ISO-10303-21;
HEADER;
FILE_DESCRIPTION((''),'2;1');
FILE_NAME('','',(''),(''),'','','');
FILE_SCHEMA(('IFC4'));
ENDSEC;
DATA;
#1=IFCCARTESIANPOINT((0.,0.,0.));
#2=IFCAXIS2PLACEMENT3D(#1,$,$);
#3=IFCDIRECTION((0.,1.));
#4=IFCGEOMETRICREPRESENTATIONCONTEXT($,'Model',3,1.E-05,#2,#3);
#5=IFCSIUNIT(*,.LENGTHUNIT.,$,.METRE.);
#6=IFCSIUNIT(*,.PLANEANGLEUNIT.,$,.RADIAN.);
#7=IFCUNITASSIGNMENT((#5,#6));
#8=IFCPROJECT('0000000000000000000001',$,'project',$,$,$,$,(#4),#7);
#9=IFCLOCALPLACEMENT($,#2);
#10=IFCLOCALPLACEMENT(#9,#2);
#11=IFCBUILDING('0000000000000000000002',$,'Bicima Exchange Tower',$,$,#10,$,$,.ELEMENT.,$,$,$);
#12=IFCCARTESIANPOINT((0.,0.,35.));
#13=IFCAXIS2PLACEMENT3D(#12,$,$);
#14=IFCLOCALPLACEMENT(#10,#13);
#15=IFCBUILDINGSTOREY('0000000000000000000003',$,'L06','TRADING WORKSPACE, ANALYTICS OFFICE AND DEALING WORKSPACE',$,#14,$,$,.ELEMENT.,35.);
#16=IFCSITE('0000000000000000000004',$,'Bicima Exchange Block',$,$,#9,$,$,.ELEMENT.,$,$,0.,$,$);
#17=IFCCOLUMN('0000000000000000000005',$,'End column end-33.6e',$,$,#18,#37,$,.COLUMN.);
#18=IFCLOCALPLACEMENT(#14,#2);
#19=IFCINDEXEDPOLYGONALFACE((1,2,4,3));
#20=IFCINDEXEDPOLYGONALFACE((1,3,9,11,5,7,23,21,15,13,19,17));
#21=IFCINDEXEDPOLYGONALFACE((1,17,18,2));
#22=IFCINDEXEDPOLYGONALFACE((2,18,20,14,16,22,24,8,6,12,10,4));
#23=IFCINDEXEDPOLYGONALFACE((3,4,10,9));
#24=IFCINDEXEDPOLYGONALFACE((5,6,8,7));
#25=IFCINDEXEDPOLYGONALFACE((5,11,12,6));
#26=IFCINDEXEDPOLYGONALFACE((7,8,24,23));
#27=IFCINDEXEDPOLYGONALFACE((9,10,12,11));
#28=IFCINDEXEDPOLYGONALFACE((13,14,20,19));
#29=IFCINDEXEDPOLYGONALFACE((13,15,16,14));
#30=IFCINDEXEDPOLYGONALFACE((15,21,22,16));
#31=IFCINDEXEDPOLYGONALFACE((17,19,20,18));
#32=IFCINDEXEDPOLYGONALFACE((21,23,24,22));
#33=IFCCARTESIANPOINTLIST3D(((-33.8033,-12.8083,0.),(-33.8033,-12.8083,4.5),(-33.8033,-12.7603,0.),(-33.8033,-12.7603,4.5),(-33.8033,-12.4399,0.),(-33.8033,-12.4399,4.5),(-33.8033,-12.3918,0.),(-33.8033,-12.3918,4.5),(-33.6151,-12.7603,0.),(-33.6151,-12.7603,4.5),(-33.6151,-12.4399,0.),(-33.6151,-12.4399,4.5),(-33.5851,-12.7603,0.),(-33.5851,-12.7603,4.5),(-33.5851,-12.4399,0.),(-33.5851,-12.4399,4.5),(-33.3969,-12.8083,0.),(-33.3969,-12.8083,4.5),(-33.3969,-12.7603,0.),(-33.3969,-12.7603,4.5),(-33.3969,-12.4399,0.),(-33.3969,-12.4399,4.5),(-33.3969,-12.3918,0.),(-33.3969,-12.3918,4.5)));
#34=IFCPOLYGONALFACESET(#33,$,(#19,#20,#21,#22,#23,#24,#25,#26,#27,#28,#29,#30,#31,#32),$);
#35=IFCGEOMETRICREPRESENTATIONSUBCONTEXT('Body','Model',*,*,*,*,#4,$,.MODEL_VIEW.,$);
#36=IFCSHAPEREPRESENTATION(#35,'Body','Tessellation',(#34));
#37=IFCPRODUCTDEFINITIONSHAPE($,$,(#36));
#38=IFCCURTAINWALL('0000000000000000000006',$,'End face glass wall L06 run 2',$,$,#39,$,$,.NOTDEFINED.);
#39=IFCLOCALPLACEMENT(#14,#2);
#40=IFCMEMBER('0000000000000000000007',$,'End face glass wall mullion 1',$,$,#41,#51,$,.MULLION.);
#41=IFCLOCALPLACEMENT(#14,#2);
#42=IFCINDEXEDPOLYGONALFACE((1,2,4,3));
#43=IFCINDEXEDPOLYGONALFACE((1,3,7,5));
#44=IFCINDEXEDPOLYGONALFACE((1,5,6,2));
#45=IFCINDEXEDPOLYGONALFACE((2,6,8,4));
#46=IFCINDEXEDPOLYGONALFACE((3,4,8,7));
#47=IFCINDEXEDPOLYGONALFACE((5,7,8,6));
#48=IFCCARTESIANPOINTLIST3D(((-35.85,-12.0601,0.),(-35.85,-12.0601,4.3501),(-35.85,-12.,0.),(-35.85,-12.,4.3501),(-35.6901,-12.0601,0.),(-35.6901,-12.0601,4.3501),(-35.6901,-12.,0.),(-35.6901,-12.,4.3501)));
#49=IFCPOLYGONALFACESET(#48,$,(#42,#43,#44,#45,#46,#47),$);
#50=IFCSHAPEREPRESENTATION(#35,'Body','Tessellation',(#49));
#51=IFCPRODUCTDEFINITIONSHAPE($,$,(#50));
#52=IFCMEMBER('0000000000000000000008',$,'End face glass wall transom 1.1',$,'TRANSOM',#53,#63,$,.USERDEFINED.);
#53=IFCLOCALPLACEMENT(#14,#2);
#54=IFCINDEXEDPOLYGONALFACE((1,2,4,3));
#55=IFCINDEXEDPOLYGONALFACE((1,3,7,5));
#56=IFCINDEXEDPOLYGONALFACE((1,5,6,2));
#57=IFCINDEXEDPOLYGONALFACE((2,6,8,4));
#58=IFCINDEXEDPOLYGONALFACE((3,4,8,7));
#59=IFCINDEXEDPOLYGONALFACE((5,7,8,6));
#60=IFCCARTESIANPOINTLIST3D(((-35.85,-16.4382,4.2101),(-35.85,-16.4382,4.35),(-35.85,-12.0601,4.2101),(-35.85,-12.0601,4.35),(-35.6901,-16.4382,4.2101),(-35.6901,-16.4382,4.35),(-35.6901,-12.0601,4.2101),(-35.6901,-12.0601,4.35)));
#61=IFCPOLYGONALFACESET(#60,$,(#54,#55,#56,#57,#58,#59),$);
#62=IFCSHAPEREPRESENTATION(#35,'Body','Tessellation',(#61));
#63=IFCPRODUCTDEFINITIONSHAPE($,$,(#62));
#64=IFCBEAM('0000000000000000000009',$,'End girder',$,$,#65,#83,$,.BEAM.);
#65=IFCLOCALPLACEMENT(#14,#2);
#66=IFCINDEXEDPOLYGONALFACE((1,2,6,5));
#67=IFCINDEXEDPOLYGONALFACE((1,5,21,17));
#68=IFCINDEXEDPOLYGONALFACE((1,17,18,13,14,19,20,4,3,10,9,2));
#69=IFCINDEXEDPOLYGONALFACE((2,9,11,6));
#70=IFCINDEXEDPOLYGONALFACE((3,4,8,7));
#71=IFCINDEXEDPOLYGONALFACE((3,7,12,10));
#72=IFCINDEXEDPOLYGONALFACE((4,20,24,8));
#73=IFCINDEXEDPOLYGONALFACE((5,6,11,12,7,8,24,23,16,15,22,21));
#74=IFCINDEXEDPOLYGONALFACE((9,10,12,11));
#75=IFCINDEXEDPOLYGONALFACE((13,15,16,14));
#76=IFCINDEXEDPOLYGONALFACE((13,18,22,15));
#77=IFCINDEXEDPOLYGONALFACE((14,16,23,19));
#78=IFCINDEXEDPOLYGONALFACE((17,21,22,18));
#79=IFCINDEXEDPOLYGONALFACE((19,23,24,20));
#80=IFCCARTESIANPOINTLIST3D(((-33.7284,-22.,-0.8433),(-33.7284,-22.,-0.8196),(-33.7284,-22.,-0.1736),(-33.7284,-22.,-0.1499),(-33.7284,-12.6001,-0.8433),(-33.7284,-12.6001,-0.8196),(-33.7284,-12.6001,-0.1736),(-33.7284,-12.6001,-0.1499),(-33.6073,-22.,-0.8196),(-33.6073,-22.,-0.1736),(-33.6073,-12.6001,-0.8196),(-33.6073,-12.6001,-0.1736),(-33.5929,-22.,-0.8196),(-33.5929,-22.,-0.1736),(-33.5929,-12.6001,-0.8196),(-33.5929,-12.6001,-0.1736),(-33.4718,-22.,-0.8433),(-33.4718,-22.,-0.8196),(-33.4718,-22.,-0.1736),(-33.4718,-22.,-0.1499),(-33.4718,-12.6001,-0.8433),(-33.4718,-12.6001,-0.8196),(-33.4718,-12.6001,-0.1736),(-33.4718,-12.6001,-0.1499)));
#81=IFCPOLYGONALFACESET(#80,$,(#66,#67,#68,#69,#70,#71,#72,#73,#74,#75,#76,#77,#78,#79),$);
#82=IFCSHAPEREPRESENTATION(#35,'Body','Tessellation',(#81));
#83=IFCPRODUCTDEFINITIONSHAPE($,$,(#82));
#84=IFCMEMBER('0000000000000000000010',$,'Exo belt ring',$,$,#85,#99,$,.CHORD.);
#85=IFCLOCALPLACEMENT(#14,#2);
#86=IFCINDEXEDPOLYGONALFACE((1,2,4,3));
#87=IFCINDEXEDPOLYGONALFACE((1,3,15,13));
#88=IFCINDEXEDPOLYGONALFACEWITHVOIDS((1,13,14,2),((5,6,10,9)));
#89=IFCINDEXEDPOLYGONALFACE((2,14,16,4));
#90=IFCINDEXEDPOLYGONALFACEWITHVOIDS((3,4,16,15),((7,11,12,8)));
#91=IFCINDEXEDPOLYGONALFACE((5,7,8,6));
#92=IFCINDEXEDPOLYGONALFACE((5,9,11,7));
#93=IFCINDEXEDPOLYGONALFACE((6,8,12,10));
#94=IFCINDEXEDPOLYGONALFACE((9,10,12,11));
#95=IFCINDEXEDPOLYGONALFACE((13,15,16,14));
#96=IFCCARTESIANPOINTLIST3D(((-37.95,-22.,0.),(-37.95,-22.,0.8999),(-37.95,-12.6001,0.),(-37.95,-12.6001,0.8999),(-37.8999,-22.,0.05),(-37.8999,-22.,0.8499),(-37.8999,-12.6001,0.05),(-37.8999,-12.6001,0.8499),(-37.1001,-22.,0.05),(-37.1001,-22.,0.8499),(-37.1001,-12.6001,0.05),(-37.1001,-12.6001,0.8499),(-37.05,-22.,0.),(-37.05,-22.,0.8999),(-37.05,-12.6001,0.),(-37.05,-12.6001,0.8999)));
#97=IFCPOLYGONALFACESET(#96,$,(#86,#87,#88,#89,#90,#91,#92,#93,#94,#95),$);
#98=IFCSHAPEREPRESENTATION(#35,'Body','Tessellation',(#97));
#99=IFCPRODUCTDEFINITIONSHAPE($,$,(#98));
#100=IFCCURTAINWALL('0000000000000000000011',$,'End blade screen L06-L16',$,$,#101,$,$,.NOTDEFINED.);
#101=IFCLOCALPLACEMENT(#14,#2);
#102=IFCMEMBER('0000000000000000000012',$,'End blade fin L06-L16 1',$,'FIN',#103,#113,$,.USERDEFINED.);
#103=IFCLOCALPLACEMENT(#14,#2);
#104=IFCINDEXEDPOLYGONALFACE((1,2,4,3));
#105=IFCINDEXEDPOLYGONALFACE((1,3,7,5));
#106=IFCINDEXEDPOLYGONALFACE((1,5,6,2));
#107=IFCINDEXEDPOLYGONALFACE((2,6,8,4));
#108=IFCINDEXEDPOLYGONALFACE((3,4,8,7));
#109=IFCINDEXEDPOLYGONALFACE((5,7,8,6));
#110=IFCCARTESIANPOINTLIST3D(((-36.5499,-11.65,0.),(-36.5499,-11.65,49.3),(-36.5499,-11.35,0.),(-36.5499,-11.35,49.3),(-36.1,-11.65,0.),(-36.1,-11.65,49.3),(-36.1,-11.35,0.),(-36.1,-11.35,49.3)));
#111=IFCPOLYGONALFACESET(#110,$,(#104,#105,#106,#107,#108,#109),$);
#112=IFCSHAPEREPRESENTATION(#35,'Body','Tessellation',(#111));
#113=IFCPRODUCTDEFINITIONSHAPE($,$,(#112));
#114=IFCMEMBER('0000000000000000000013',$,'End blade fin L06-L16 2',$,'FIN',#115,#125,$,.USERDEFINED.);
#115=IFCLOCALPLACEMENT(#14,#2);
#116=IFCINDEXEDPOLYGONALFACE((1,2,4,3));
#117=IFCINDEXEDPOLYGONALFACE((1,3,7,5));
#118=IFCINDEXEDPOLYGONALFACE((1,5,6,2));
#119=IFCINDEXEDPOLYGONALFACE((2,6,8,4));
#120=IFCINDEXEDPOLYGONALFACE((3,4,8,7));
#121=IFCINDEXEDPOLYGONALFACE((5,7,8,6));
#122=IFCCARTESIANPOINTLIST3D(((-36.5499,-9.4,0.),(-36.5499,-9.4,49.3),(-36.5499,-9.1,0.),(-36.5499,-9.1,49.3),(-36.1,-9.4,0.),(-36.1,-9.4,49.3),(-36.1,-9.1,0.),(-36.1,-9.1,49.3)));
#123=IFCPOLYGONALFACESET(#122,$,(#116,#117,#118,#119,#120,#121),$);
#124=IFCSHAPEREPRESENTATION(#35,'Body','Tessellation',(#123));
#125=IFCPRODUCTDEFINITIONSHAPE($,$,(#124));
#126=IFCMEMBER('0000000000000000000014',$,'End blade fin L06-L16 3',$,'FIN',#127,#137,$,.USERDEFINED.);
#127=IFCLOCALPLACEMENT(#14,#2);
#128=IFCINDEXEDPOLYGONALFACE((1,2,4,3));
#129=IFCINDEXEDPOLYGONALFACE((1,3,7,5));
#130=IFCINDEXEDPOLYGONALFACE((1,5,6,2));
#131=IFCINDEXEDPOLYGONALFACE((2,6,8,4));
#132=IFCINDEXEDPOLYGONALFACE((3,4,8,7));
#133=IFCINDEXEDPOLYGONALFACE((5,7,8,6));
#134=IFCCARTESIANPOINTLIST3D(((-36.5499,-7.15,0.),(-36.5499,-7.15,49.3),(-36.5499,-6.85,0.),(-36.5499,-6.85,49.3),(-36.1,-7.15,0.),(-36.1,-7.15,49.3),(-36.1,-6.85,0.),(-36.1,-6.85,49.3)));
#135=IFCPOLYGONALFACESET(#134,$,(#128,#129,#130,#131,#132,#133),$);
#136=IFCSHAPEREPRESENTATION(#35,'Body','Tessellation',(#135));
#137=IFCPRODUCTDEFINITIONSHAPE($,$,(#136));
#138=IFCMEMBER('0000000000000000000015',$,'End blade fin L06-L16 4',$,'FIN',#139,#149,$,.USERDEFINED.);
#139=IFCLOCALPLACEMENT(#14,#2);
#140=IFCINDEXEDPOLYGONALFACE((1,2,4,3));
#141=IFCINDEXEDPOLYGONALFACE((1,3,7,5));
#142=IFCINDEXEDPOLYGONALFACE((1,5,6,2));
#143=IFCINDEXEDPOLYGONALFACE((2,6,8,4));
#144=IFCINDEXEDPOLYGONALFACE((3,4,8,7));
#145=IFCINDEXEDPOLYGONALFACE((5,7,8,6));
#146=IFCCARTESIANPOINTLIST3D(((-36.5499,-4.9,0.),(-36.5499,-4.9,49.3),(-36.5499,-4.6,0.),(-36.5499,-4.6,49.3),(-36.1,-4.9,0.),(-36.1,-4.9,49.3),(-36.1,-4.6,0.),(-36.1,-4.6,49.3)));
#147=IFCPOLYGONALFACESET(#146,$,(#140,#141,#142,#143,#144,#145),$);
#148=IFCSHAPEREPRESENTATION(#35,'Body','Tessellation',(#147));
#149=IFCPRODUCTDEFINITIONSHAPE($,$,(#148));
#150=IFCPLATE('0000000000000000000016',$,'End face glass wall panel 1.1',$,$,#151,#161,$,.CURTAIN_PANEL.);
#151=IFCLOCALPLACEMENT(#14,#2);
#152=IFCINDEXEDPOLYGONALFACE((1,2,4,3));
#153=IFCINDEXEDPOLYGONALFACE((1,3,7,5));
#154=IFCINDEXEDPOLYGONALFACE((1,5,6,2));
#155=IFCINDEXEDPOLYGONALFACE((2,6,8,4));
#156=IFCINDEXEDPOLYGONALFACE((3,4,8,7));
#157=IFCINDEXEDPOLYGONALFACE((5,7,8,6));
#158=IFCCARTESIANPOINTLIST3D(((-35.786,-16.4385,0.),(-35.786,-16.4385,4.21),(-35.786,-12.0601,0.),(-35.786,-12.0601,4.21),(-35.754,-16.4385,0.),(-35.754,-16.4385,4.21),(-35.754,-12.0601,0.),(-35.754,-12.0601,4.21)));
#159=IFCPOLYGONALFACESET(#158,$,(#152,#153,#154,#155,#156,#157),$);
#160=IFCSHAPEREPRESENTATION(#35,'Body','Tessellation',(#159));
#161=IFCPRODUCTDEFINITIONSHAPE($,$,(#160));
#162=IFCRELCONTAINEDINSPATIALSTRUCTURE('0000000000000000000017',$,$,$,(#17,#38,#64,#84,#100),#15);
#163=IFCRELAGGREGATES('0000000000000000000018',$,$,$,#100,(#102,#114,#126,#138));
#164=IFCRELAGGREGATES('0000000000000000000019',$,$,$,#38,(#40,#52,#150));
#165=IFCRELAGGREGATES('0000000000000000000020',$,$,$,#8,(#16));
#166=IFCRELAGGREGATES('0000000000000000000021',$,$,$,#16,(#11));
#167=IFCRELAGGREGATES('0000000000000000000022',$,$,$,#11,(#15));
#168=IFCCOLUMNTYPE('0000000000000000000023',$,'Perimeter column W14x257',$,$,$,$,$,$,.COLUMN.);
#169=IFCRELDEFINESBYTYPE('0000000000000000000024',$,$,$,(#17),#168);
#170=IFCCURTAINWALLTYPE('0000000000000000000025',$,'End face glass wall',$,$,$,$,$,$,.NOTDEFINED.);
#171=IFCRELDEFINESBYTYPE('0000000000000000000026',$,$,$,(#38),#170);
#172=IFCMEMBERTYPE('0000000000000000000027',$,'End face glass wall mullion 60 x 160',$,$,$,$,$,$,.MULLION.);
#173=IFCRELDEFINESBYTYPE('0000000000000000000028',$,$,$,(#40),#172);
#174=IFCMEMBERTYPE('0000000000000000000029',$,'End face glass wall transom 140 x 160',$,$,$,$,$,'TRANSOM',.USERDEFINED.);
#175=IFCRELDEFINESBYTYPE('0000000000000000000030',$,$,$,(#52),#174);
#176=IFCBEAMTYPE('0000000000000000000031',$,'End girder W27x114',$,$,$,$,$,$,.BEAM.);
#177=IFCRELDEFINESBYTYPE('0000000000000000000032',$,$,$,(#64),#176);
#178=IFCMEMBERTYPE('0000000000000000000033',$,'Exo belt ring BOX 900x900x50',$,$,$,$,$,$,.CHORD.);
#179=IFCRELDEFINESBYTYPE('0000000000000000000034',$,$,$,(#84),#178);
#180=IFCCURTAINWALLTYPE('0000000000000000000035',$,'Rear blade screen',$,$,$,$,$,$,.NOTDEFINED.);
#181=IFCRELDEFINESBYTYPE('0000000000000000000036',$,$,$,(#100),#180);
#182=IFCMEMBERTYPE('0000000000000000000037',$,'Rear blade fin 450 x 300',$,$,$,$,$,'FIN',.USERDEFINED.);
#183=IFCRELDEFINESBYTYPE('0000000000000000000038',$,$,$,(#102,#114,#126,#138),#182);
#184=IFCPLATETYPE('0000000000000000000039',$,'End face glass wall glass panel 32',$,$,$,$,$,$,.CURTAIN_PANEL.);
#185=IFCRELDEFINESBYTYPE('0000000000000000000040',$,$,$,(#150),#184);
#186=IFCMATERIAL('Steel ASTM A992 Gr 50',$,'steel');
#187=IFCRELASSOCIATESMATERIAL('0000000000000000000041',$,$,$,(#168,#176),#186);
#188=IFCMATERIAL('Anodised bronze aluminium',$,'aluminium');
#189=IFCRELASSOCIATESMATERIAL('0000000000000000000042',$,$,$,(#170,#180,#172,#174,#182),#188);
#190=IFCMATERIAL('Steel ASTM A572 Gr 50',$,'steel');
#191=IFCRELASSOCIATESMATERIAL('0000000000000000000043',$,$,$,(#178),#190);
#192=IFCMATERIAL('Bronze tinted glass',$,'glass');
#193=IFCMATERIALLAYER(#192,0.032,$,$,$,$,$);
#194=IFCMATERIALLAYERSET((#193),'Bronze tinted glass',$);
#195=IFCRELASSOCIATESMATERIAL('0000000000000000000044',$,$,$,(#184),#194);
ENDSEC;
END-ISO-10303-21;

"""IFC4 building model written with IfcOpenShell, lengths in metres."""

from ifc_helpers import new_model, si_unit, direction, frame, origin, origin_2d, place, context, subcontext, project, spatial, rectangle, hollow_rectangle, i_section, extrude, material, layer, layer_set, material_profile, profile_set, type_object, element, aggregate, save


model = new_model("IFC4")

# Units and contexts
model_context = context("Model", 3, precision=1e-05, world=origin(), true_north=direction((0.0, 1.0)))
body_context = subcontext(model_context, "Body", "Model", "MODEL_VIEW")
ifc_project = project(units=[si_unit("LENGTHUNIT", "METRE"), si_unit("PLANEANGLEUNIT", "RADIAN")], contexts=[model_context])

# Site, building, storey
site_placement = place(None, origin())
site = spatial("IfcSite", under=ifc_project, at=site_placement, Name="Bicima Exchange Block", CompositionType="ELEMENT", RefElevation=0.0)
building_placement = place(site_placement, origin())
building = spatial("IfcBuilding", under=site, at=building_placement, Name="Bicima Exchange Tower", CompositionType="ELEMENT")
storey_placement = place(building_placement, frame((0.0, 0.0, 35.0)))
storey = spatial("IfcBuildingStorey", under=building, at=storey_placement, Name="L06", Description="TRADING WORKSPACE, ANALYTICS OFFICE AND DEALING WORKSPACE", CompositionType="ELEMENT", Elevation=35.0)

# Column
ifc_material_1 = material(Name="Steel ASTM A992 Gr 50", Category="steel")
ifc_material_profile_1 = material_profile(ifc_material_1, i_section(OverallWidth=0.4065, OverallDepth=0.4165, WebThickness=0.03, FlangeThickness=0.0481, at=origin_2d()))
ifc_profile_set_1 = profile_set([ifc_material_profile_1], Name="Steel ASTM A992 Gr 50")
column_type = type_object("IfcColumnType", Name="Perimeter column W14x257", PredefinedType="COLUMN", material=ifc_profile_set_1)
column_placement = place(storey_placement, frame((-33.6001, -12.6001, 0.0), z_axis=(0.0, 0.0, 1.0), x_axis=(1.0, 0.0, 0.0)))
element("IfcColumn", 1, at=column_placement, inside=storey, type_object=column_type, Name="End column end-33.6e", PredefinedType="COLUMN", context=body_context, shape_type="SweptSolid", body=[
    extrude(i_section(OverallWidth=0.4065, OverallDepth=0.4165, WebThickness=0.03, FlangeThickness=0.0481, at=origin_2d()), origin(), (0.0, 0.0, 1.0), 4.5),
])

# Curtain wall, members
ifc_material_2 = material(Name="Anodised bronze aluminium", Category="aluminium")
curtain_wall_type_1 = type_object("IfcCurtainWallType", Name="End face glass wall", PredefinedType="NOTDEFINED", material=ifc_material_2)
curtain_wall_1_placement = place(storey_placement, origin())
curtain_wall_1 = element("IfcCurtainWall", 2, at=curtain_wall_1_placement, inside=storey, type_object=curtain_wall_type_1, Name="End face glass wall L06 run 2", PredefinedType="NOTDEFINED")
ifc_material_profile_2 = material_profile(ifc_material_2, rectangle(XDim=0.1599, YDim=0.0601, at=origin_2d()))
ifc_profile_set_2 = profile_set([ifc_material_profile_2], Name="Anodised bronze aluminium")
member_type_1 = type_object("IfcMemberType", Name="End face glass wall mullion 60 x 160", PredefinedType="MULLION", material=ifc_profile_set_2)
member_1_placement = place(storey_placement, frame((-35.77, -12.03, 0.0), z_axis=(0.0, 0.0, 1.0), x_axis=(1.0, 0.0, 0.0)))
member_1 = element("IfcMember", 3, at=member_1_placement, type_object=member_type_1, Name="End face glass wall mullion 1", PredefinedType="MULLION", context=body_context, shape_type="SweptSolid", body=[
    extrude(rectangle(XDim=0.1599, YDim=0.0601, at=origin_2d()), origin(), (0.0, 0.0, 1.0), 4.3501),
])
ifc_material_profile_3 = material_profile(ifc_material_2, rectangle(XDim=0.1599, YDim=0.1399, at=origin_2d()))
ifc_profile_set_3 = profile_set([ifc_material_profile_3], Name="Anodised bronze aluminium")
member_type_2 = type_object("IfcMemberType", Name="End face glass wall transom 140 x 160", ElementType="TRANSOM", PredefinedType="USERDEFINED", material=ifc_profile_set_3)
member_2_placement = place(storey_placement, frame((-35.77, -12.0601, 4.28), z_axis=(0.0, -1.0, 0.0), x_axis=(1.0, 0.0, 0.0)))
member_2 = element("IfcMember", 4, at=member_2_placement, type_object=member_type_2, Name="End face glass wall transom 1.1", ObjectType="TRANSOM", PredefinedType="USERDEFINED", context=body_context, shape_type="SweptSolid", body=[
    extrude(rectangle(XDim=0.1599, YDim=0.1399, at=origin_2d()), origin(), (0.0, 0.0, 1.0), 4.3782),
])

# Beam
ifc_material_profile_4 = material_profile(ifc_material_1, i_section(OverallWidth=0.2566, OverallDepth=0.6934, WebThickness=0.0144, FlangeThickness=0.0237, at=origin_2d()))
ifc_profile_set_4 = profile_set([ifc_material_profile_4], Name="Steel ASTM A992 Gr 50")
beam_type = type_object("IfcBeamType", Name="End girder W27x114", PredefinedType="BEAM", material=ifc_profile_set_4)
beam_placement = place(storey_placement, frame((-33.6001, -12.6001, -0.4966), z_axis=(0.0, -1.0, 0.0), x_axis=(1.0, 0.0, 0.0)))
element("IfcBeam", 5, at=beam_placement, inside=storey, type_object=beam_type, Name="End girder", PredefinedType="BEAM", context=body_context, shape_type="SweptSolid", body=[
    extrude(i_section(OverallWidth=0.2566, OverallDepth=0.6934, WebThickness=0.0144, FlangeThickness=0.0237, at=origin_2d()), origin(), (0.0, 0.0, 1.0), 9.3999),
])

# Member
ifc_material_3 = material(Name="Steel ASTM A572 Gr 50", Category="steel")
ifc_material_profile_5 = material_profile(ifc_material_3, hollow_rectangle(XDim=0.8999, YDim=0.8999, WallThickness=0.05, at=origin_2d()))
ifc_profile_set_5 = profile_set([ifc_material_profile_5], Name="Steel ASTM A572 Gr 50")
member_type_3 = type_object("IfcMemberType", Name="Exo belt ring BOX 900x900x50", PredefinedType="CHORD", material=ifc_profile_set_5)
member_3_placement = place(storey_placement, frame((-37.5, -12.6001, 0.45), z_axis=(0.0, -1.0, 0.0), x_axis=(1.0, 0.0, 0.0)))
element("IfcMember", 6, at=member_3_placement, inside=storey, type_object=member_type_3, Name="Exo belt ring", PredefinedType="CHORD", context=body_context, shape_type="SweptSolid", body=[
    extrude(hollow_rectangle(XDim=0.8999, YDim=0.8999, WallThickness=0.05, at=origin_2d()), origin(), (0.0, 0.0, 1.0), 9.3999),
])

# Curtain wall, members
curtain_wall_type_2 = type_object("IfcCurtainWallType", Name="Rear blade screen", PredefinedType="NOTDEFINED", material=ifc_material_2)
curtain_wall_2_placement = place(storey_placement, origin())
curtain_wall_2 = element("IfcCurtainWall", 7, at=curtain_wall_2_placement, inside=storey, type_object=curtain_wall_type_2, Name="End blade screen L06-L16", PredefinedType="NOTDEFINED")
ifc_material_profile_6 = material_profile(ifc_material_2, rectangle(XDim=0.45, YDim=0.3, at=origin_2d()))
ifc_profile_set_6 = profile_set([ifc_material_profile_6], Name="Anodised bronze aluminium")
member_type_4 = type_object("IfcMemberType", Name="Rear blade fin 450 x 300", ElementType="FIN", PredefinedType="USERDEFINED", material=ifc_profile_set_6)
member_4_placement = place(storey_placement, frame((-36.325, -11.5, 0.0), z_axis=(0.0, 0.0, 1.0), x_axis=(1.0, 0.0, 0.0)))
member_4 = element("IfcMember", 8, at=member_4_placement, type_object=member_type_4, Name="End blade fin L06-L16 1", ObjectType="FIN", PredefinedType="USERDEFINED", context=body_context, shape_type="SweptSolid", body=[
    extrude(rectangle(XDim=0.45, YDim=0.3, at=origin_2d()), origin(), (0.0, 0.0, 1.0), 49.3),
])
member_5_placement = place(storey_placement, frame((-36.325, -9.25, 0.0), z_axis=(0.0, 0.0, 1.0), x_axis=(1.0, 0.0, 0.0)))
member_5 = element("IfcMember", 9, at=member_5_placement, type_object=member_type_4, Name="End blade fin L06-L16 2", ObjectType="FIN", PredefinedType="USERDEFINED", context=body_context, shape_type="SweptSolid", body=[
    extrude(rectangle(XDim=0.45, YDim=0.3, at=origin_2d()), origin(), (0.0, 0.0, 1.0), 49.3),
])
member_6_placement = place(storey_placement, frame((-36.325, -7.0, 0.0), z_axis=(0.0, 0.0, 1.0), x_axis=(1.0, 0.0, 0.0)))
member_6 = element("IfcMember", 10, at=member_6_placement, type_object=member_type_4, Name="End blade fin L06-L16 3", ObjectType="FIN", PredefinedType="USERDEFINED", context=body_context, shape_type="SweptSolid", body=[
    extrude(rectangle(XDim=0.45, YDim=0.3, at=origin_2d()), origin(), (0.0, 0.0, 1.0), 49.3),
])
member_7_placement = place(storey_placement, frame((-36.325, -4.75, 0.0), z_axis=(0.0, 0.0, 1.0), x_axis=(1.0, 0.0, 0.0)))
member_7 = element("IfcMember", 11, at=member_7_placement, type_object=member_type_4, Name="End blade fin L06-L16 4", ObjectType="FIN", PredefinedType="USERDEFINED", context=body_context, shape_type="SweptSolid", body=[
    extrude(rectangle(XDim=0.45, YDim=0.3, at=origin_2d()), origin(), (0.0, 0.0, 1.0), 49.3),
])
aggregate(curtain_wall_2, [member_4, member_5, member_6, member_7])

# Plate
ifc_material_4 = material(Name="Bronze tinted glass", Category="glass")
ifc_layer_1 = layer(ifc_material_4, 0.032)
ifc_layer_set_1 = layer_set([ifc_layer_1], Name="Bronze tinted glass")
plate_type = type_object("IfcPlateType", Name="End face glass wall glass panel 32", PredefinedType="CURTAIN_PANEL", material=ifc_layer_set_1)
plate_placement = place(storey_placement, frame((-35.77, -14.2493, 0.0), z_axis=(0.0, 0.0, 1.0), x_axis=(0.0, -1.0, 0.0)))
plate = element("IfcPlate", 12, at=plate_placement, type_object=plate_type, Name="End face glass wall panel 1.1", PredefinedType="CURTAIN_PANEL", context=body_context, shape_type="SweptSolid", body=[
    extrude(rectangle(XDim=4.3784, YDim=0.032, at=origin_2d()), origin(), (0.0, 0.0, 1.0), 4.21),
])
aggregate(curtain_wall_1, [member_1, member_2, plate])

save(model, "model.ifc")
